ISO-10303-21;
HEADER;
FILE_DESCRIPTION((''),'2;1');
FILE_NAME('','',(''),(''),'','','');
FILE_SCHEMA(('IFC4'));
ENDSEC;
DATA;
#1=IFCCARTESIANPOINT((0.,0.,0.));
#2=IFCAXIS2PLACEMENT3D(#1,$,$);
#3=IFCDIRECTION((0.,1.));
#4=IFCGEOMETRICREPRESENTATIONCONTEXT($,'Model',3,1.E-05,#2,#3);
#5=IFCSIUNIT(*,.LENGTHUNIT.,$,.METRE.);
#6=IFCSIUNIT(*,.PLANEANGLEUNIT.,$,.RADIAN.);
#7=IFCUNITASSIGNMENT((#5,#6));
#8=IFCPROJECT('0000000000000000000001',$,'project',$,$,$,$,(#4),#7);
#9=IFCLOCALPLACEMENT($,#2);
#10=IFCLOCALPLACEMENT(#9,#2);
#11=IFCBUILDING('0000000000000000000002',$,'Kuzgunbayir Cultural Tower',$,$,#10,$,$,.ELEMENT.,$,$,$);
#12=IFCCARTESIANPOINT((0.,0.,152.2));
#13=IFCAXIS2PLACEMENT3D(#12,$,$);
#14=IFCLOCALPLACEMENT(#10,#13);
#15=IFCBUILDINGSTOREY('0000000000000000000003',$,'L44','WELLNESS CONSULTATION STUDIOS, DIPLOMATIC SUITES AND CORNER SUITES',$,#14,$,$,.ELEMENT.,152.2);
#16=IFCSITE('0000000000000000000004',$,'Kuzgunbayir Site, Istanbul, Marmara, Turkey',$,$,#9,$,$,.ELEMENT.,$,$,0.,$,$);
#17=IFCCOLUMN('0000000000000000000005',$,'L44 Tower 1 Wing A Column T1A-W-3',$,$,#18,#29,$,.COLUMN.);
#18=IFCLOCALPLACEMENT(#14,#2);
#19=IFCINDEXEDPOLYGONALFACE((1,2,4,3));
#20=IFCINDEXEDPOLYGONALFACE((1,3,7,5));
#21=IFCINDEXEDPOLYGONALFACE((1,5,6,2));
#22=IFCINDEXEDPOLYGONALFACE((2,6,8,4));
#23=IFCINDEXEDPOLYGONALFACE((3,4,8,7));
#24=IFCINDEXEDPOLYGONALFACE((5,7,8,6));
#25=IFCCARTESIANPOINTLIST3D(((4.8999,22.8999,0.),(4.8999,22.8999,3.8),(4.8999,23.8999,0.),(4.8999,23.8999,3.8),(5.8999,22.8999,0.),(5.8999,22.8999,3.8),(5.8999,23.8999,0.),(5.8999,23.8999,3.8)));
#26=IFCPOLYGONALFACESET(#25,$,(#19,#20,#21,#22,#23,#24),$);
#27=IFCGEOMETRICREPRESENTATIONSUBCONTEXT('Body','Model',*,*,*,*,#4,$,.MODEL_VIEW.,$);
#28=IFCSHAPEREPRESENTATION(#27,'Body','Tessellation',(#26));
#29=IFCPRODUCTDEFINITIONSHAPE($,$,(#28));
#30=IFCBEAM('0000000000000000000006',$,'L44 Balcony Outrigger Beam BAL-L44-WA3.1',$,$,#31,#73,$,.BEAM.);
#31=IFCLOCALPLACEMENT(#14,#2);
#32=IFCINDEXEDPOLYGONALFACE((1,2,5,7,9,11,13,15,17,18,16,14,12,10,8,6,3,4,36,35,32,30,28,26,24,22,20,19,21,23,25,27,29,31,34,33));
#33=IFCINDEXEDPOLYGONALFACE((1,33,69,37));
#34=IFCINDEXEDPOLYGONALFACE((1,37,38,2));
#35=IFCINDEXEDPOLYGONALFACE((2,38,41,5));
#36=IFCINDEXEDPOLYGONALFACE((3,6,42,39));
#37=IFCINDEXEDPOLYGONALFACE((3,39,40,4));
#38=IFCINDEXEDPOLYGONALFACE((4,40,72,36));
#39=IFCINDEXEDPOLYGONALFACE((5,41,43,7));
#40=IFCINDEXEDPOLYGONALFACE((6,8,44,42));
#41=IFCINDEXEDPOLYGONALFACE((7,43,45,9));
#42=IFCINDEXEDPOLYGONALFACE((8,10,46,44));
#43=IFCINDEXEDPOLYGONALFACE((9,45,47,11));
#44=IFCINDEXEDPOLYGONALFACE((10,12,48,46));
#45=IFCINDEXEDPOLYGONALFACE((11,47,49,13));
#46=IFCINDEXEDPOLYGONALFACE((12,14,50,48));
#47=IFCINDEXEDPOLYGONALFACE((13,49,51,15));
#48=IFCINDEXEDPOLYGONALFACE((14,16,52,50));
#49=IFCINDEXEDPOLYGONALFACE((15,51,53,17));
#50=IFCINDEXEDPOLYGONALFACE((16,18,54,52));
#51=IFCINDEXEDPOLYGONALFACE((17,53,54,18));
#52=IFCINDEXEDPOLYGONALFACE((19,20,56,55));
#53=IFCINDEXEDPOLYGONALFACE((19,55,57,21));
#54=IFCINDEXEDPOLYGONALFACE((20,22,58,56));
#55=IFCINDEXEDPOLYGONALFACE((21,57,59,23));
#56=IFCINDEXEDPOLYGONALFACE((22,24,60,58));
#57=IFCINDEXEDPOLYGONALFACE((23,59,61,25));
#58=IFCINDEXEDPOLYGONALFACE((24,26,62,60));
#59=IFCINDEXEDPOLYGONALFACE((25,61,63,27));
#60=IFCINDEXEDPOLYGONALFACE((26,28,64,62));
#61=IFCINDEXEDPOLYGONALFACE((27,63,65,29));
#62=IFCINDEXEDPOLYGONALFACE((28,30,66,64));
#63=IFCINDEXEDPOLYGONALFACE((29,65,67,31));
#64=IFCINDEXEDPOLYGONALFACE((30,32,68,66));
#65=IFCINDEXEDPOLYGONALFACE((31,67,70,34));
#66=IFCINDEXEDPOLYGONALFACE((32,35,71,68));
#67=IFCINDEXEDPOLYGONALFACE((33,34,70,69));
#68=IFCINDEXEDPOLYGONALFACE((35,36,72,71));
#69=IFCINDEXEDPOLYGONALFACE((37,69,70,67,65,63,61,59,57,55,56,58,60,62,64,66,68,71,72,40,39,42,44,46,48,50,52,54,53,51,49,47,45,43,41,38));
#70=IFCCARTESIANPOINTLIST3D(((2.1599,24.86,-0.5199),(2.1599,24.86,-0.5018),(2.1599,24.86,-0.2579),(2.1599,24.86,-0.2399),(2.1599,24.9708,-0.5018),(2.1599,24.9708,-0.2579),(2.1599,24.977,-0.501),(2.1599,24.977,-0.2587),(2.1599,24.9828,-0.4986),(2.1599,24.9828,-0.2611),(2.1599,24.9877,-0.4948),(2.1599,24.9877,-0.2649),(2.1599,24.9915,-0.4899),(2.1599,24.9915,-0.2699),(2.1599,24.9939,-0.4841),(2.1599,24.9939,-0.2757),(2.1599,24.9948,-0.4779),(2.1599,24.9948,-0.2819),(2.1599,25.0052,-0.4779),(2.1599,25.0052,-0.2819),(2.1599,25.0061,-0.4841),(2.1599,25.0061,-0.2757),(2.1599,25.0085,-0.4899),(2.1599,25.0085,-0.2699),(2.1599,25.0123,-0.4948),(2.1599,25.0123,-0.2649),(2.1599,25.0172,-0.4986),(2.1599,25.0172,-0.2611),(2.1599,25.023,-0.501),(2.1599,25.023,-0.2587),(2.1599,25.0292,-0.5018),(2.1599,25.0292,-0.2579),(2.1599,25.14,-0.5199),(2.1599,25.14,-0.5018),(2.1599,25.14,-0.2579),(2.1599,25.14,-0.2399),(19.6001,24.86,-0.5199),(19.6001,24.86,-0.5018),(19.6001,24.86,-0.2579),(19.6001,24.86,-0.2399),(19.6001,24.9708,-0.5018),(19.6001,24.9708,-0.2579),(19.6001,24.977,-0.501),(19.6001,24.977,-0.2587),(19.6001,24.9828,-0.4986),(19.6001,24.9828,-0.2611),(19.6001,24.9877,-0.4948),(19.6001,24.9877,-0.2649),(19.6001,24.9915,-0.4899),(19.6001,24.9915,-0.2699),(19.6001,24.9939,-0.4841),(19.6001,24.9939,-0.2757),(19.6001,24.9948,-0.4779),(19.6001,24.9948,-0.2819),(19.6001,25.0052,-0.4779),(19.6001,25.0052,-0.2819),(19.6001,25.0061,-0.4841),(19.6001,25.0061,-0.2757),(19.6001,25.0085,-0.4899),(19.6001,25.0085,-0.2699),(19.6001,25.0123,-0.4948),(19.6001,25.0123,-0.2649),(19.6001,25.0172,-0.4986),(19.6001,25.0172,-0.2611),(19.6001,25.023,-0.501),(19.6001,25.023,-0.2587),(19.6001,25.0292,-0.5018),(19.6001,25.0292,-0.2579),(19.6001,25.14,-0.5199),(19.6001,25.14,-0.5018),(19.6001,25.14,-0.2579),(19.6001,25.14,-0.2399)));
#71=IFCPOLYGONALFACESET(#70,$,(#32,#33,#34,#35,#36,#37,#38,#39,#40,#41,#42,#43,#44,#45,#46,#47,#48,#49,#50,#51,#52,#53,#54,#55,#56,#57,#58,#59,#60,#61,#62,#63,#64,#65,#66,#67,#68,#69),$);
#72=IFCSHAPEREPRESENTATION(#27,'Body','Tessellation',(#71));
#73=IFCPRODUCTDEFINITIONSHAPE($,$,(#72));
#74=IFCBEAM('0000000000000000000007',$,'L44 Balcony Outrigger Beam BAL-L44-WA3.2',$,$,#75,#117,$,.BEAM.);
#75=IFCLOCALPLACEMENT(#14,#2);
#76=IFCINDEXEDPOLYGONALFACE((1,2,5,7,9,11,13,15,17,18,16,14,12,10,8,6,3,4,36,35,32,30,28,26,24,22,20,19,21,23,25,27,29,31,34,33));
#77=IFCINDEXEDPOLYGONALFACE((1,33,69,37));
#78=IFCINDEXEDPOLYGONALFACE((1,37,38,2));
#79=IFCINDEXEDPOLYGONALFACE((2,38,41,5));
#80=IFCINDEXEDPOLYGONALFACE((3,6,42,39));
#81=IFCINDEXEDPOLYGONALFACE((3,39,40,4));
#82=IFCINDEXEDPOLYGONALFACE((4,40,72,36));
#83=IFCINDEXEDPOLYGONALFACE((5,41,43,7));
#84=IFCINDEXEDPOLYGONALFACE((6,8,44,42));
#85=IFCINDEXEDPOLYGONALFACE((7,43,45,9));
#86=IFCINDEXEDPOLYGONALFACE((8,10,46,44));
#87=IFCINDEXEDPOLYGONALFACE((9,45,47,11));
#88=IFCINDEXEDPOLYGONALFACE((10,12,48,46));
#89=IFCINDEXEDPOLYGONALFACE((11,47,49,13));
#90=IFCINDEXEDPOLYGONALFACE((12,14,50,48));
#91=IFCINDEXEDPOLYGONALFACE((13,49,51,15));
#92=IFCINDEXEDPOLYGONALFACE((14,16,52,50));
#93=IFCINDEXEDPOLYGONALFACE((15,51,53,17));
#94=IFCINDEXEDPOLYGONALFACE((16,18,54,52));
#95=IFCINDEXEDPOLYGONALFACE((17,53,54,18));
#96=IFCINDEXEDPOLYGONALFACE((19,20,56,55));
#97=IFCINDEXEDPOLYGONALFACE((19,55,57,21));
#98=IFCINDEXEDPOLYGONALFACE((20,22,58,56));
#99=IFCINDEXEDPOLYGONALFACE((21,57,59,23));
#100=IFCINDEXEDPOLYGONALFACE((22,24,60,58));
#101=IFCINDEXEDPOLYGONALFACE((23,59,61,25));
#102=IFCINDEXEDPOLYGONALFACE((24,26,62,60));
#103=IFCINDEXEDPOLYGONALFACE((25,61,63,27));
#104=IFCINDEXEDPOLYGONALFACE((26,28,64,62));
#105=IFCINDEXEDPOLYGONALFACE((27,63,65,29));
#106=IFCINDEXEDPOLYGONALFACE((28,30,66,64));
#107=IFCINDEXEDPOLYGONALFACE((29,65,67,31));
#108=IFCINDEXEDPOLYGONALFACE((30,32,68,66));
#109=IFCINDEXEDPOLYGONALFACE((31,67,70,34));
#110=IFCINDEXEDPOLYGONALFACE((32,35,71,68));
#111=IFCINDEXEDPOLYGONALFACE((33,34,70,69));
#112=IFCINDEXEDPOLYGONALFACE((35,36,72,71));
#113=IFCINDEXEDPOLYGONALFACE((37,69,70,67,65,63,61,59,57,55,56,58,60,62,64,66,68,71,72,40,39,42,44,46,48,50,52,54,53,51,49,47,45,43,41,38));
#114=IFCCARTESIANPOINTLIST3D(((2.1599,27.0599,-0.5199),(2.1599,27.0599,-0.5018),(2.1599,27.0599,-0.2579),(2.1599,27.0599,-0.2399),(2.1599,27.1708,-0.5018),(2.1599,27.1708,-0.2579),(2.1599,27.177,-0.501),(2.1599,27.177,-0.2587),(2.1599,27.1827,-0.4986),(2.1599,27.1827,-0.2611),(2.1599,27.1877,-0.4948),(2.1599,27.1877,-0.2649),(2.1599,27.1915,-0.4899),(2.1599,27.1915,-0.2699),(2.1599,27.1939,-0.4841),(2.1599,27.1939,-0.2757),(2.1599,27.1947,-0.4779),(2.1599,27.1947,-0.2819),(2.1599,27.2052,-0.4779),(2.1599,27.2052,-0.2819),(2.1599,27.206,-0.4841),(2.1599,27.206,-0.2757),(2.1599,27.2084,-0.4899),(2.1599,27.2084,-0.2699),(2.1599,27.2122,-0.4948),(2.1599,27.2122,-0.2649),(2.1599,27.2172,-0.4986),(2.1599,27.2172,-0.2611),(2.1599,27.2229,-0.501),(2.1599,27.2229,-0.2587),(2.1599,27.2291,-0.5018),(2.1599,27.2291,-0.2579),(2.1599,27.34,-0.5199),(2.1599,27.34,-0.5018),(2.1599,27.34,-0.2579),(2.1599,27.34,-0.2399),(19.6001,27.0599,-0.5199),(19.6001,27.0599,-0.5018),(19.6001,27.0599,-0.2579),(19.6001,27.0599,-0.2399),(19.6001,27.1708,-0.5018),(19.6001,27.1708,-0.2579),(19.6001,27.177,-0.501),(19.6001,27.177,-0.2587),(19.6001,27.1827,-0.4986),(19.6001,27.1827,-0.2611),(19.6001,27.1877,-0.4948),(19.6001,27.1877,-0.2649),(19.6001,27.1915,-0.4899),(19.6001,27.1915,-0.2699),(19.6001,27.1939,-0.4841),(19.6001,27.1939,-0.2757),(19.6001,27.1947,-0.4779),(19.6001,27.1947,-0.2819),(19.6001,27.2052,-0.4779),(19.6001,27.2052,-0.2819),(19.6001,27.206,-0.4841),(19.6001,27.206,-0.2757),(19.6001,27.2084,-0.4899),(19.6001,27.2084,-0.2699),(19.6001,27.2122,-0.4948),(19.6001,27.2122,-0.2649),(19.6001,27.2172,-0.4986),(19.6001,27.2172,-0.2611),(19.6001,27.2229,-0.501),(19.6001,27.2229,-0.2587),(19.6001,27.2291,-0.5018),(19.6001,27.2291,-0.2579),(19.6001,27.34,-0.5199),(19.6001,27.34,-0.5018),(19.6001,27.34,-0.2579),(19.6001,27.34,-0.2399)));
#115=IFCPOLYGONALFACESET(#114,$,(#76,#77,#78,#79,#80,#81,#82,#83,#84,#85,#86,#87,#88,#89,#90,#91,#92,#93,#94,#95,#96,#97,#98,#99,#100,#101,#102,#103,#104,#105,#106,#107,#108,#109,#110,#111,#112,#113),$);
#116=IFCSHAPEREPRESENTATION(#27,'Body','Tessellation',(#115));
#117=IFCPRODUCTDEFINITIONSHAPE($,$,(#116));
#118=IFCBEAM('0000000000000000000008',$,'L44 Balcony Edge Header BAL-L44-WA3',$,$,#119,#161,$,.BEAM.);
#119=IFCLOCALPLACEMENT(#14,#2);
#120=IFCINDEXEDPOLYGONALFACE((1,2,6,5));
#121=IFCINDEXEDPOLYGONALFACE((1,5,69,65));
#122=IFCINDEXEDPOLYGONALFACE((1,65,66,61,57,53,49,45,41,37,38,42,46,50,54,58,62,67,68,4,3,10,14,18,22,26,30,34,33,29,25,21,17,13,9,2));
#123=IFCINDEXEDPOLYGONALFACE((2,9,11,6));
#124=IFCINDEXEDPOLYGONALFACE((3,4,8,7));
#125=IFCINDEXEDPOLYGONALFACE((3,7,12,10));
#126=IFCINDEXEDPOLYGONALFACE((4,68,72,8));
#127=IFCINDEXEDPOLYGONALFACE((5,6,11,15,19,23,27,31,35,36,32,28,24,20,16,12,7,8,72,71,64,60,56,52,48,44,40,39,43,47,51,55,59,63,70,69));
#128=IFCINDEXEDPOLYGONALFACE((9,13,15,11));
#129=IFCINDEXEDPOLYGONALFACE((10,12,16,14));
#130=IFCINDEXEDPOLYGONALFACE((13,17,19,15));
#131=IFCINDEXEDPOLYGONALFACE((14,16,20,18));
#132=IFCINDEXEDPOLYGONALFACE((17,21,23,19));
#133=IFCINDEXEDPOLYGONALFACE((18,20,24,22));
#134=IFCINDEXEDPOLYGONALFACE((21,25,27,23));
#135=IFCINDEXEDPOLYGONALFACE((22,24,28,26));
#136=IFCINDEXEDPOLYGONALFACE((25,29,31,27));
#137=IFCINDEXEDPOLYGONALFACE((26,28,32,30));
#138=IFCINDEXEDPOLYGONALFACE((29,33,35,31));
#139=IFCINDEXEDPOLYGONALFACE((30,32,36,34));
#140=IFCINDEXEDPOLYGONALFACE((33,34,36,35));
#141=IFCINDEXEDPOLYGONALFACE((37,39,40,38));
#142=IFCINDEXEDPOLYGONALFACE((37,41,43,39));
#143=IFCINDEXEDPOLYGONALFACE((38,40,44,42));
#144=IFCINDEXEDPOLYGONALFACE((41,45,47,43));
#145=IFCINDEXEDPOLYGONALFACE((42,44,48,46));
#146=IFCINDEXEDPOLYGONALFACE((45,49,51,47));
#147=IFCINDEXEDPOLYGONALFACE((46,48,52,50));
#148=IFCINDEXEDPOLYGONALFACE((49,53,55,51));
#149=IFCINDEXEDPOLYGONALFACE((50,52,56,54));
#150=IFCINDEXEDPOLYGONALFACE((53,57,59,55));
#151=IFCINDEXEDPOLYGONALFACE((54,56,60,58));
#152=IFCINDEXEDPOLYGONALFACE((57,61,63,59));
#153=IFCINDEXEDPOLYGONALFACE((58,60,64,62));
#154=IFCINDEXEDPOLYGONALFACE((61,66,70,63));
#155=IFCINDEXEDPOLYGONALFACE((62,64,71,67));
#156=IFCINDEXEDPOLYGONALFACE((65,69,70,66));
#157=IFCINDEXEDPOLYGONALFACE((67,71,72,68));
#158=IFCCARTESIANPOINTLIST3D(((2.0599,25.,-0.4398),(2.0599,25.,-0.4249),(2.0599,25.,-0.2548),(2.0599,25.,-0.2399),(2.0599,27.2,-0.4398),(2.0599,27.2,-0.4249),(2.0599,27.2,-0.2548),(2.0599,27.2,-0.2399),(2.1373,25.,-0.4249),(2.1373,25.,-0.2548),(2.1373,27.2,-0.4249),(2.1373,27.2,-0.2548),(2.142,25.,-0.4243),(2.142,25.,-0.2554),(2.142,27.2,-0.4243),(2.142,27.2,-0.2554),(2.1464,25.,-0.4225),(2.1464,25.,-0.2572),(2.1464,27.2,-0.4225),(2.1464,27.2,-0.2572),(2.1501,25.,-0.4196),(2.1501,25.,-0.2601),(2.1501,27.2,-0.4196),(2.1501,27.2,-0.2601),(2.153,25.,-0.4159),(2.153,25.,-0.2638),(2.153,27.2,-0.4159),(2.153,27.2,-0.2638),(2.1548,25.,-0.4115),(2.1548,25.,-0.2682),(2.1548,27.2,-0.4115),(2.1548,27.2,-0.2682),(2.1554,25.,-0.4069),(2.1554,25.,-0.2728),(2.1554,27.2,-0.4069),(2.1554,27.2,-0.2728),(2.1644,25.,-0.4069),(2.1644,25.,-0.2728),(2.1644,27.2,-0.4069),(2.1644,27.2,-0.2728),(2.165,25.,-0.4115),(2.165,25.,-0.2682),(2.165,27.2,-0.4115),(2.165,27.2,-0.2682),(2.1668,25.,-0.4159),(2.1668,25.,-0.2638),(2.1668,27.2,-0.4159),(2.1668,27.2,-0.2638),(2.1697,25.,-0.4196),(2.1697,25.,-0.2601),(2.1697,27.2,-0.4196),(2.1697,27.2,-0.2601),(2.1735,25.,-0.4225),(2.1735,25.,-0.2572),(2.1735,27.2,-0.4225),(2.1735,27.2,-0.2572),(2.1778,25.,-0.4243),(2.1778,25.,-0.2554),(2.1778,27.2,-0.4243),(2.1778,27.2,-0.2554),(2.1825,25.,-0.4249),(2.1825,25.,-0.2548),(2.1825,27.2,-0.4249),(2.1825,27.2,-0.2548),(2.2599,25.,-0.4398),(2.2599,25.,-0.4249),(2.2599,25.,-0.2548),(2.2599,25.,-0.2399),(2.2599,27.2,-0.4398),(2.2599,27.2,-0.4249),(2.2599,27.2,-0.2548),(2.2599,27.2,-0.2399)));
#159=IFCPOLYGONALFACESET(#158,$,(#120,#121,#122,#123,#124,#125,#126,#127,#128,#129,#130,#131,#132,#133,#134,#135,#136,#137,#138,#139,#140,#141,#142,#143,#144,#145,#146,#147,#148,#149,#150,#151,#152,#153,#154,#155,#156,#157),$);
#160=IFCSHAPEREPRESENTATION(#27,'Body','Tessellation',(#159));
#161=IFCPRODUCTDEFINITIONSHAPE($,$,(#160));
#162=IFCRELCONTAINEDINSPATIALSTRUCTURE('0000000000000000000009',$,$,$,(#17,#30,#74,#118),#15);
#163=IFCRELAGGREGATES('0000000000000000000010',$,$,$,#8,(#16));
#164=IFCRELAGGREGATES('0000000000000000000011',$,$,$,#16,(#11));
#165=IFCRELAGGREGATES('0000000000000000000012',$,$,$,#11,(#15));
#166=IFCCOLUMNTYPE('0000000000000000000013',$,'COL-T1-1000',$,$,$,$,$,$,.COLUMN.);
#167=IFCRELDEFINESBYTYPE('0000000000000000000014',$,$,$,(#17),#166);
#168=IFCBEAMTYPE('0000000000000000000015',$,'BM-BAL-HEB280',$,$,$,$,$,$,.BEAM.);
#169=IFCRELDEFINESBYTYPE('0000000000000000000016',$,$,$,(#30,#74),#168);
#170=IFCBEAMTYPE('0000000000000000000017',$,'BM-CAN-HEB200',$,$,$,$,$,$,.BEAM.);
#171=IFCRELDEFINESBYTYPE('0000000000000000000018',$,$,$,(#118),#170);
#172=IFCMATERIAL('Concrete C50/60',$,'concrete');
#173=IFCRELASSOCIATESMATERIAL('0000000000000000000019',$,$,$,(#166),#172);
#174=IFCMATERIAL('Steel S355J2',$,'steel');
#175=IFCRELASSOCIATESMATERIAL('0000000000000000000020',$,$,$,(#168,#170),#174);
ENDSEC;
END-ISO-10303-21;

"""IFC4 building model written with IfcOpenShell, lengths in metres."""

from ifc_helpers import new_model, si_unit, direction, frame, origin, origin_2d, place, context, subcontext, project, spatial, rectangle, i_section, extrude, material, material_profile, profile_set, type_object, element, save


model = new_model("IFC4")

# Units and contexts
model_context = context("Model", 3, precision=1e-05, world=origin(), true_north=direction((0.0, 1.0)))
body_context = subcontext(model_context, "Body", "Model", "MODEL_VIEW")
ifc_project = project(units=[si_unit("LENGTHUNIT", "METRE"), si_unit("PLANEANGLEUNIT", "RADIAN")], contexts=[model_context])

# Site, building, storey
site_placement = place(None, origin())
site = spatial("IfcSite", under=ifc_project, at=site_placement, Name="Kuzgunbayir Site, Istanbul, Marmara, Turkey", CompositionType="ELEMENT", RefElevation=0.0)
building_placement = place(site_placement, origin())
building = spatial("IfcBuilding", under=site, at=building_placement, Name="Kuzgunbayir Cultural Tower", CompositionType="ELEMENT")
storey_placement = place(building_placement, frame((0.0, 0.0, 152.2)))
storey = spatial("IfcBuildingStorey", under=building, at=storey_placement, Name="L44", Description="WELLNESS CONSULTATION STUDIOS, DIPLOMATIC SUITES AND CORNER SUITES", CompositionType="ELEMENT", Elevation=152.2)

# Column
ifc_material_1 = material(Name="Concrete C50/60", Category="concrete")
ifc_material_profile_1 = material_profile(ifc_material_1, rectangle(XDim=1.0, YDim=1.0, at=origin_2d()), Name="RC 1000x1000")
ifc_profile_set_1 = profile_set([ifc_material_profile_1], Name="Concrete C50/60")
column_type = type_object("IfcColumnType", Name="COL-T1-1000", PredefinedType="COLUMN", material=ifc_profile_set_1)
column_placement = place(storey_placement, frame((5.3999, 23.3999, 0.0), z_axis=(0.0, 0.0, 1.0), x_axis=(1.0, 0.0, 0.0)))
element("IfcColumn", 1, at=column_placement, inside=storey, type_object=column_type, Name="L44 Tower 1 Wing A Column T1A-W-3", PredefinedType="COLUMN", context=body_context, shape_type="SweptSolid", body=[
    extrude(rectangle(XDim=1.0, YDim=1.0, at=origin_2d()), origin(), (0.0, 0.0, 1.0), 3.8),
])

# Beams
ifc_material_2 = material(Name="Steel S355J2", Category="steel")
ifc_material_profile_2 = material_profile(ifc_material_2, i_section(OverallWidth=0.28, OverallDepth=0.28, WebThickness=0.0105, FlangeThickness=0.0181, FilletRadius=0.0239, at=origin_2d()), Name="HEB 280")
ifc_profile_set_2 = profile_set([ifc_material_profile_2], Name="Steel S355J2")
beam_type_1 = type_object("IfcBeamType", Name="BM-BAL-HEB280", PredefinedType="BEAM", material=ifc_profile_set_2)
for number, where, z_axis, x_axis, name in (
    (2, (2.1599, 25.0, -0.3799), (1.0, 0.0, 0.0), (0.0, 1.0, 0.0), "L44 Balcony Outrigger Beam BAL-L44-WA3.1"),
    (3, (2.1599, 27.2, -0.3799), (1.0, 0.0, 0.0), (0.0, 1.0, 0.0), "L44 Balcony Outrigger Beam BAL-L44-WA3.2"),
):
    element("IfcBeam", number, at=place(storey_placement, frame(where, z_axis=z_axis, x_axis=x_axis)), inside=storey, type_object=beam_type_1, Name=name, PredefinedType="BEAM", context=body_context, shape_type="SweptSolid", body=[
        extrude(i_section(OverallWidth=0.28, OverallDepth=0.28, WebThickness=0.0105, FlangeThickness=0.0181, FilletRadius=0.0239, at=origin_2d()), origin(), (0.0, 0.0, 1.0), 17.4402),
    ])
ifc_material_profile_3 = material_profile(ifc_material_2, i_section(OverallWidth=0.2, OverallDepth=0.2, WebThickness=0.009, FlangeThickness=0.0149, FilletRadius=0.0181, at=origin_2d()), Name="HEB 200")
ifc_profile_set_3 = profile_set([ifc_material_profile_3], Name="Steel S355J2")
beam_type_2 = type_object("IfcBeamType", Name="BM-CAN-HEB200", PredefinedType="BEAM", material=ifc_profile_set_3)
beam_1_placement = place(storey_placement, frame((2.1599, 25.0, -0.3398), z_axis=(0.0, 1.0, 0.0), x_axis=(-1.0, 0.0, 0.0)))
element("IfcBeam", 4, at=beam_1_placement, inside=storey, type_object=beam_type_2, Name="L44 Balcony Edge Header BAL-L44-WA3", PredefinedType="BEAM", context=body_context, shape_type="SweptSolid", body=[
    extrude(i_section(OverallWidth=0.2, OverallDepth=0.2, WebThickness=0.009, FlangeThickness=0.0149, FilletRadius=0.0181, at=origin_2d()), origin(), (0.0, 0.0, 1.0), 2.2),
])

save(model, "model.ifc")
